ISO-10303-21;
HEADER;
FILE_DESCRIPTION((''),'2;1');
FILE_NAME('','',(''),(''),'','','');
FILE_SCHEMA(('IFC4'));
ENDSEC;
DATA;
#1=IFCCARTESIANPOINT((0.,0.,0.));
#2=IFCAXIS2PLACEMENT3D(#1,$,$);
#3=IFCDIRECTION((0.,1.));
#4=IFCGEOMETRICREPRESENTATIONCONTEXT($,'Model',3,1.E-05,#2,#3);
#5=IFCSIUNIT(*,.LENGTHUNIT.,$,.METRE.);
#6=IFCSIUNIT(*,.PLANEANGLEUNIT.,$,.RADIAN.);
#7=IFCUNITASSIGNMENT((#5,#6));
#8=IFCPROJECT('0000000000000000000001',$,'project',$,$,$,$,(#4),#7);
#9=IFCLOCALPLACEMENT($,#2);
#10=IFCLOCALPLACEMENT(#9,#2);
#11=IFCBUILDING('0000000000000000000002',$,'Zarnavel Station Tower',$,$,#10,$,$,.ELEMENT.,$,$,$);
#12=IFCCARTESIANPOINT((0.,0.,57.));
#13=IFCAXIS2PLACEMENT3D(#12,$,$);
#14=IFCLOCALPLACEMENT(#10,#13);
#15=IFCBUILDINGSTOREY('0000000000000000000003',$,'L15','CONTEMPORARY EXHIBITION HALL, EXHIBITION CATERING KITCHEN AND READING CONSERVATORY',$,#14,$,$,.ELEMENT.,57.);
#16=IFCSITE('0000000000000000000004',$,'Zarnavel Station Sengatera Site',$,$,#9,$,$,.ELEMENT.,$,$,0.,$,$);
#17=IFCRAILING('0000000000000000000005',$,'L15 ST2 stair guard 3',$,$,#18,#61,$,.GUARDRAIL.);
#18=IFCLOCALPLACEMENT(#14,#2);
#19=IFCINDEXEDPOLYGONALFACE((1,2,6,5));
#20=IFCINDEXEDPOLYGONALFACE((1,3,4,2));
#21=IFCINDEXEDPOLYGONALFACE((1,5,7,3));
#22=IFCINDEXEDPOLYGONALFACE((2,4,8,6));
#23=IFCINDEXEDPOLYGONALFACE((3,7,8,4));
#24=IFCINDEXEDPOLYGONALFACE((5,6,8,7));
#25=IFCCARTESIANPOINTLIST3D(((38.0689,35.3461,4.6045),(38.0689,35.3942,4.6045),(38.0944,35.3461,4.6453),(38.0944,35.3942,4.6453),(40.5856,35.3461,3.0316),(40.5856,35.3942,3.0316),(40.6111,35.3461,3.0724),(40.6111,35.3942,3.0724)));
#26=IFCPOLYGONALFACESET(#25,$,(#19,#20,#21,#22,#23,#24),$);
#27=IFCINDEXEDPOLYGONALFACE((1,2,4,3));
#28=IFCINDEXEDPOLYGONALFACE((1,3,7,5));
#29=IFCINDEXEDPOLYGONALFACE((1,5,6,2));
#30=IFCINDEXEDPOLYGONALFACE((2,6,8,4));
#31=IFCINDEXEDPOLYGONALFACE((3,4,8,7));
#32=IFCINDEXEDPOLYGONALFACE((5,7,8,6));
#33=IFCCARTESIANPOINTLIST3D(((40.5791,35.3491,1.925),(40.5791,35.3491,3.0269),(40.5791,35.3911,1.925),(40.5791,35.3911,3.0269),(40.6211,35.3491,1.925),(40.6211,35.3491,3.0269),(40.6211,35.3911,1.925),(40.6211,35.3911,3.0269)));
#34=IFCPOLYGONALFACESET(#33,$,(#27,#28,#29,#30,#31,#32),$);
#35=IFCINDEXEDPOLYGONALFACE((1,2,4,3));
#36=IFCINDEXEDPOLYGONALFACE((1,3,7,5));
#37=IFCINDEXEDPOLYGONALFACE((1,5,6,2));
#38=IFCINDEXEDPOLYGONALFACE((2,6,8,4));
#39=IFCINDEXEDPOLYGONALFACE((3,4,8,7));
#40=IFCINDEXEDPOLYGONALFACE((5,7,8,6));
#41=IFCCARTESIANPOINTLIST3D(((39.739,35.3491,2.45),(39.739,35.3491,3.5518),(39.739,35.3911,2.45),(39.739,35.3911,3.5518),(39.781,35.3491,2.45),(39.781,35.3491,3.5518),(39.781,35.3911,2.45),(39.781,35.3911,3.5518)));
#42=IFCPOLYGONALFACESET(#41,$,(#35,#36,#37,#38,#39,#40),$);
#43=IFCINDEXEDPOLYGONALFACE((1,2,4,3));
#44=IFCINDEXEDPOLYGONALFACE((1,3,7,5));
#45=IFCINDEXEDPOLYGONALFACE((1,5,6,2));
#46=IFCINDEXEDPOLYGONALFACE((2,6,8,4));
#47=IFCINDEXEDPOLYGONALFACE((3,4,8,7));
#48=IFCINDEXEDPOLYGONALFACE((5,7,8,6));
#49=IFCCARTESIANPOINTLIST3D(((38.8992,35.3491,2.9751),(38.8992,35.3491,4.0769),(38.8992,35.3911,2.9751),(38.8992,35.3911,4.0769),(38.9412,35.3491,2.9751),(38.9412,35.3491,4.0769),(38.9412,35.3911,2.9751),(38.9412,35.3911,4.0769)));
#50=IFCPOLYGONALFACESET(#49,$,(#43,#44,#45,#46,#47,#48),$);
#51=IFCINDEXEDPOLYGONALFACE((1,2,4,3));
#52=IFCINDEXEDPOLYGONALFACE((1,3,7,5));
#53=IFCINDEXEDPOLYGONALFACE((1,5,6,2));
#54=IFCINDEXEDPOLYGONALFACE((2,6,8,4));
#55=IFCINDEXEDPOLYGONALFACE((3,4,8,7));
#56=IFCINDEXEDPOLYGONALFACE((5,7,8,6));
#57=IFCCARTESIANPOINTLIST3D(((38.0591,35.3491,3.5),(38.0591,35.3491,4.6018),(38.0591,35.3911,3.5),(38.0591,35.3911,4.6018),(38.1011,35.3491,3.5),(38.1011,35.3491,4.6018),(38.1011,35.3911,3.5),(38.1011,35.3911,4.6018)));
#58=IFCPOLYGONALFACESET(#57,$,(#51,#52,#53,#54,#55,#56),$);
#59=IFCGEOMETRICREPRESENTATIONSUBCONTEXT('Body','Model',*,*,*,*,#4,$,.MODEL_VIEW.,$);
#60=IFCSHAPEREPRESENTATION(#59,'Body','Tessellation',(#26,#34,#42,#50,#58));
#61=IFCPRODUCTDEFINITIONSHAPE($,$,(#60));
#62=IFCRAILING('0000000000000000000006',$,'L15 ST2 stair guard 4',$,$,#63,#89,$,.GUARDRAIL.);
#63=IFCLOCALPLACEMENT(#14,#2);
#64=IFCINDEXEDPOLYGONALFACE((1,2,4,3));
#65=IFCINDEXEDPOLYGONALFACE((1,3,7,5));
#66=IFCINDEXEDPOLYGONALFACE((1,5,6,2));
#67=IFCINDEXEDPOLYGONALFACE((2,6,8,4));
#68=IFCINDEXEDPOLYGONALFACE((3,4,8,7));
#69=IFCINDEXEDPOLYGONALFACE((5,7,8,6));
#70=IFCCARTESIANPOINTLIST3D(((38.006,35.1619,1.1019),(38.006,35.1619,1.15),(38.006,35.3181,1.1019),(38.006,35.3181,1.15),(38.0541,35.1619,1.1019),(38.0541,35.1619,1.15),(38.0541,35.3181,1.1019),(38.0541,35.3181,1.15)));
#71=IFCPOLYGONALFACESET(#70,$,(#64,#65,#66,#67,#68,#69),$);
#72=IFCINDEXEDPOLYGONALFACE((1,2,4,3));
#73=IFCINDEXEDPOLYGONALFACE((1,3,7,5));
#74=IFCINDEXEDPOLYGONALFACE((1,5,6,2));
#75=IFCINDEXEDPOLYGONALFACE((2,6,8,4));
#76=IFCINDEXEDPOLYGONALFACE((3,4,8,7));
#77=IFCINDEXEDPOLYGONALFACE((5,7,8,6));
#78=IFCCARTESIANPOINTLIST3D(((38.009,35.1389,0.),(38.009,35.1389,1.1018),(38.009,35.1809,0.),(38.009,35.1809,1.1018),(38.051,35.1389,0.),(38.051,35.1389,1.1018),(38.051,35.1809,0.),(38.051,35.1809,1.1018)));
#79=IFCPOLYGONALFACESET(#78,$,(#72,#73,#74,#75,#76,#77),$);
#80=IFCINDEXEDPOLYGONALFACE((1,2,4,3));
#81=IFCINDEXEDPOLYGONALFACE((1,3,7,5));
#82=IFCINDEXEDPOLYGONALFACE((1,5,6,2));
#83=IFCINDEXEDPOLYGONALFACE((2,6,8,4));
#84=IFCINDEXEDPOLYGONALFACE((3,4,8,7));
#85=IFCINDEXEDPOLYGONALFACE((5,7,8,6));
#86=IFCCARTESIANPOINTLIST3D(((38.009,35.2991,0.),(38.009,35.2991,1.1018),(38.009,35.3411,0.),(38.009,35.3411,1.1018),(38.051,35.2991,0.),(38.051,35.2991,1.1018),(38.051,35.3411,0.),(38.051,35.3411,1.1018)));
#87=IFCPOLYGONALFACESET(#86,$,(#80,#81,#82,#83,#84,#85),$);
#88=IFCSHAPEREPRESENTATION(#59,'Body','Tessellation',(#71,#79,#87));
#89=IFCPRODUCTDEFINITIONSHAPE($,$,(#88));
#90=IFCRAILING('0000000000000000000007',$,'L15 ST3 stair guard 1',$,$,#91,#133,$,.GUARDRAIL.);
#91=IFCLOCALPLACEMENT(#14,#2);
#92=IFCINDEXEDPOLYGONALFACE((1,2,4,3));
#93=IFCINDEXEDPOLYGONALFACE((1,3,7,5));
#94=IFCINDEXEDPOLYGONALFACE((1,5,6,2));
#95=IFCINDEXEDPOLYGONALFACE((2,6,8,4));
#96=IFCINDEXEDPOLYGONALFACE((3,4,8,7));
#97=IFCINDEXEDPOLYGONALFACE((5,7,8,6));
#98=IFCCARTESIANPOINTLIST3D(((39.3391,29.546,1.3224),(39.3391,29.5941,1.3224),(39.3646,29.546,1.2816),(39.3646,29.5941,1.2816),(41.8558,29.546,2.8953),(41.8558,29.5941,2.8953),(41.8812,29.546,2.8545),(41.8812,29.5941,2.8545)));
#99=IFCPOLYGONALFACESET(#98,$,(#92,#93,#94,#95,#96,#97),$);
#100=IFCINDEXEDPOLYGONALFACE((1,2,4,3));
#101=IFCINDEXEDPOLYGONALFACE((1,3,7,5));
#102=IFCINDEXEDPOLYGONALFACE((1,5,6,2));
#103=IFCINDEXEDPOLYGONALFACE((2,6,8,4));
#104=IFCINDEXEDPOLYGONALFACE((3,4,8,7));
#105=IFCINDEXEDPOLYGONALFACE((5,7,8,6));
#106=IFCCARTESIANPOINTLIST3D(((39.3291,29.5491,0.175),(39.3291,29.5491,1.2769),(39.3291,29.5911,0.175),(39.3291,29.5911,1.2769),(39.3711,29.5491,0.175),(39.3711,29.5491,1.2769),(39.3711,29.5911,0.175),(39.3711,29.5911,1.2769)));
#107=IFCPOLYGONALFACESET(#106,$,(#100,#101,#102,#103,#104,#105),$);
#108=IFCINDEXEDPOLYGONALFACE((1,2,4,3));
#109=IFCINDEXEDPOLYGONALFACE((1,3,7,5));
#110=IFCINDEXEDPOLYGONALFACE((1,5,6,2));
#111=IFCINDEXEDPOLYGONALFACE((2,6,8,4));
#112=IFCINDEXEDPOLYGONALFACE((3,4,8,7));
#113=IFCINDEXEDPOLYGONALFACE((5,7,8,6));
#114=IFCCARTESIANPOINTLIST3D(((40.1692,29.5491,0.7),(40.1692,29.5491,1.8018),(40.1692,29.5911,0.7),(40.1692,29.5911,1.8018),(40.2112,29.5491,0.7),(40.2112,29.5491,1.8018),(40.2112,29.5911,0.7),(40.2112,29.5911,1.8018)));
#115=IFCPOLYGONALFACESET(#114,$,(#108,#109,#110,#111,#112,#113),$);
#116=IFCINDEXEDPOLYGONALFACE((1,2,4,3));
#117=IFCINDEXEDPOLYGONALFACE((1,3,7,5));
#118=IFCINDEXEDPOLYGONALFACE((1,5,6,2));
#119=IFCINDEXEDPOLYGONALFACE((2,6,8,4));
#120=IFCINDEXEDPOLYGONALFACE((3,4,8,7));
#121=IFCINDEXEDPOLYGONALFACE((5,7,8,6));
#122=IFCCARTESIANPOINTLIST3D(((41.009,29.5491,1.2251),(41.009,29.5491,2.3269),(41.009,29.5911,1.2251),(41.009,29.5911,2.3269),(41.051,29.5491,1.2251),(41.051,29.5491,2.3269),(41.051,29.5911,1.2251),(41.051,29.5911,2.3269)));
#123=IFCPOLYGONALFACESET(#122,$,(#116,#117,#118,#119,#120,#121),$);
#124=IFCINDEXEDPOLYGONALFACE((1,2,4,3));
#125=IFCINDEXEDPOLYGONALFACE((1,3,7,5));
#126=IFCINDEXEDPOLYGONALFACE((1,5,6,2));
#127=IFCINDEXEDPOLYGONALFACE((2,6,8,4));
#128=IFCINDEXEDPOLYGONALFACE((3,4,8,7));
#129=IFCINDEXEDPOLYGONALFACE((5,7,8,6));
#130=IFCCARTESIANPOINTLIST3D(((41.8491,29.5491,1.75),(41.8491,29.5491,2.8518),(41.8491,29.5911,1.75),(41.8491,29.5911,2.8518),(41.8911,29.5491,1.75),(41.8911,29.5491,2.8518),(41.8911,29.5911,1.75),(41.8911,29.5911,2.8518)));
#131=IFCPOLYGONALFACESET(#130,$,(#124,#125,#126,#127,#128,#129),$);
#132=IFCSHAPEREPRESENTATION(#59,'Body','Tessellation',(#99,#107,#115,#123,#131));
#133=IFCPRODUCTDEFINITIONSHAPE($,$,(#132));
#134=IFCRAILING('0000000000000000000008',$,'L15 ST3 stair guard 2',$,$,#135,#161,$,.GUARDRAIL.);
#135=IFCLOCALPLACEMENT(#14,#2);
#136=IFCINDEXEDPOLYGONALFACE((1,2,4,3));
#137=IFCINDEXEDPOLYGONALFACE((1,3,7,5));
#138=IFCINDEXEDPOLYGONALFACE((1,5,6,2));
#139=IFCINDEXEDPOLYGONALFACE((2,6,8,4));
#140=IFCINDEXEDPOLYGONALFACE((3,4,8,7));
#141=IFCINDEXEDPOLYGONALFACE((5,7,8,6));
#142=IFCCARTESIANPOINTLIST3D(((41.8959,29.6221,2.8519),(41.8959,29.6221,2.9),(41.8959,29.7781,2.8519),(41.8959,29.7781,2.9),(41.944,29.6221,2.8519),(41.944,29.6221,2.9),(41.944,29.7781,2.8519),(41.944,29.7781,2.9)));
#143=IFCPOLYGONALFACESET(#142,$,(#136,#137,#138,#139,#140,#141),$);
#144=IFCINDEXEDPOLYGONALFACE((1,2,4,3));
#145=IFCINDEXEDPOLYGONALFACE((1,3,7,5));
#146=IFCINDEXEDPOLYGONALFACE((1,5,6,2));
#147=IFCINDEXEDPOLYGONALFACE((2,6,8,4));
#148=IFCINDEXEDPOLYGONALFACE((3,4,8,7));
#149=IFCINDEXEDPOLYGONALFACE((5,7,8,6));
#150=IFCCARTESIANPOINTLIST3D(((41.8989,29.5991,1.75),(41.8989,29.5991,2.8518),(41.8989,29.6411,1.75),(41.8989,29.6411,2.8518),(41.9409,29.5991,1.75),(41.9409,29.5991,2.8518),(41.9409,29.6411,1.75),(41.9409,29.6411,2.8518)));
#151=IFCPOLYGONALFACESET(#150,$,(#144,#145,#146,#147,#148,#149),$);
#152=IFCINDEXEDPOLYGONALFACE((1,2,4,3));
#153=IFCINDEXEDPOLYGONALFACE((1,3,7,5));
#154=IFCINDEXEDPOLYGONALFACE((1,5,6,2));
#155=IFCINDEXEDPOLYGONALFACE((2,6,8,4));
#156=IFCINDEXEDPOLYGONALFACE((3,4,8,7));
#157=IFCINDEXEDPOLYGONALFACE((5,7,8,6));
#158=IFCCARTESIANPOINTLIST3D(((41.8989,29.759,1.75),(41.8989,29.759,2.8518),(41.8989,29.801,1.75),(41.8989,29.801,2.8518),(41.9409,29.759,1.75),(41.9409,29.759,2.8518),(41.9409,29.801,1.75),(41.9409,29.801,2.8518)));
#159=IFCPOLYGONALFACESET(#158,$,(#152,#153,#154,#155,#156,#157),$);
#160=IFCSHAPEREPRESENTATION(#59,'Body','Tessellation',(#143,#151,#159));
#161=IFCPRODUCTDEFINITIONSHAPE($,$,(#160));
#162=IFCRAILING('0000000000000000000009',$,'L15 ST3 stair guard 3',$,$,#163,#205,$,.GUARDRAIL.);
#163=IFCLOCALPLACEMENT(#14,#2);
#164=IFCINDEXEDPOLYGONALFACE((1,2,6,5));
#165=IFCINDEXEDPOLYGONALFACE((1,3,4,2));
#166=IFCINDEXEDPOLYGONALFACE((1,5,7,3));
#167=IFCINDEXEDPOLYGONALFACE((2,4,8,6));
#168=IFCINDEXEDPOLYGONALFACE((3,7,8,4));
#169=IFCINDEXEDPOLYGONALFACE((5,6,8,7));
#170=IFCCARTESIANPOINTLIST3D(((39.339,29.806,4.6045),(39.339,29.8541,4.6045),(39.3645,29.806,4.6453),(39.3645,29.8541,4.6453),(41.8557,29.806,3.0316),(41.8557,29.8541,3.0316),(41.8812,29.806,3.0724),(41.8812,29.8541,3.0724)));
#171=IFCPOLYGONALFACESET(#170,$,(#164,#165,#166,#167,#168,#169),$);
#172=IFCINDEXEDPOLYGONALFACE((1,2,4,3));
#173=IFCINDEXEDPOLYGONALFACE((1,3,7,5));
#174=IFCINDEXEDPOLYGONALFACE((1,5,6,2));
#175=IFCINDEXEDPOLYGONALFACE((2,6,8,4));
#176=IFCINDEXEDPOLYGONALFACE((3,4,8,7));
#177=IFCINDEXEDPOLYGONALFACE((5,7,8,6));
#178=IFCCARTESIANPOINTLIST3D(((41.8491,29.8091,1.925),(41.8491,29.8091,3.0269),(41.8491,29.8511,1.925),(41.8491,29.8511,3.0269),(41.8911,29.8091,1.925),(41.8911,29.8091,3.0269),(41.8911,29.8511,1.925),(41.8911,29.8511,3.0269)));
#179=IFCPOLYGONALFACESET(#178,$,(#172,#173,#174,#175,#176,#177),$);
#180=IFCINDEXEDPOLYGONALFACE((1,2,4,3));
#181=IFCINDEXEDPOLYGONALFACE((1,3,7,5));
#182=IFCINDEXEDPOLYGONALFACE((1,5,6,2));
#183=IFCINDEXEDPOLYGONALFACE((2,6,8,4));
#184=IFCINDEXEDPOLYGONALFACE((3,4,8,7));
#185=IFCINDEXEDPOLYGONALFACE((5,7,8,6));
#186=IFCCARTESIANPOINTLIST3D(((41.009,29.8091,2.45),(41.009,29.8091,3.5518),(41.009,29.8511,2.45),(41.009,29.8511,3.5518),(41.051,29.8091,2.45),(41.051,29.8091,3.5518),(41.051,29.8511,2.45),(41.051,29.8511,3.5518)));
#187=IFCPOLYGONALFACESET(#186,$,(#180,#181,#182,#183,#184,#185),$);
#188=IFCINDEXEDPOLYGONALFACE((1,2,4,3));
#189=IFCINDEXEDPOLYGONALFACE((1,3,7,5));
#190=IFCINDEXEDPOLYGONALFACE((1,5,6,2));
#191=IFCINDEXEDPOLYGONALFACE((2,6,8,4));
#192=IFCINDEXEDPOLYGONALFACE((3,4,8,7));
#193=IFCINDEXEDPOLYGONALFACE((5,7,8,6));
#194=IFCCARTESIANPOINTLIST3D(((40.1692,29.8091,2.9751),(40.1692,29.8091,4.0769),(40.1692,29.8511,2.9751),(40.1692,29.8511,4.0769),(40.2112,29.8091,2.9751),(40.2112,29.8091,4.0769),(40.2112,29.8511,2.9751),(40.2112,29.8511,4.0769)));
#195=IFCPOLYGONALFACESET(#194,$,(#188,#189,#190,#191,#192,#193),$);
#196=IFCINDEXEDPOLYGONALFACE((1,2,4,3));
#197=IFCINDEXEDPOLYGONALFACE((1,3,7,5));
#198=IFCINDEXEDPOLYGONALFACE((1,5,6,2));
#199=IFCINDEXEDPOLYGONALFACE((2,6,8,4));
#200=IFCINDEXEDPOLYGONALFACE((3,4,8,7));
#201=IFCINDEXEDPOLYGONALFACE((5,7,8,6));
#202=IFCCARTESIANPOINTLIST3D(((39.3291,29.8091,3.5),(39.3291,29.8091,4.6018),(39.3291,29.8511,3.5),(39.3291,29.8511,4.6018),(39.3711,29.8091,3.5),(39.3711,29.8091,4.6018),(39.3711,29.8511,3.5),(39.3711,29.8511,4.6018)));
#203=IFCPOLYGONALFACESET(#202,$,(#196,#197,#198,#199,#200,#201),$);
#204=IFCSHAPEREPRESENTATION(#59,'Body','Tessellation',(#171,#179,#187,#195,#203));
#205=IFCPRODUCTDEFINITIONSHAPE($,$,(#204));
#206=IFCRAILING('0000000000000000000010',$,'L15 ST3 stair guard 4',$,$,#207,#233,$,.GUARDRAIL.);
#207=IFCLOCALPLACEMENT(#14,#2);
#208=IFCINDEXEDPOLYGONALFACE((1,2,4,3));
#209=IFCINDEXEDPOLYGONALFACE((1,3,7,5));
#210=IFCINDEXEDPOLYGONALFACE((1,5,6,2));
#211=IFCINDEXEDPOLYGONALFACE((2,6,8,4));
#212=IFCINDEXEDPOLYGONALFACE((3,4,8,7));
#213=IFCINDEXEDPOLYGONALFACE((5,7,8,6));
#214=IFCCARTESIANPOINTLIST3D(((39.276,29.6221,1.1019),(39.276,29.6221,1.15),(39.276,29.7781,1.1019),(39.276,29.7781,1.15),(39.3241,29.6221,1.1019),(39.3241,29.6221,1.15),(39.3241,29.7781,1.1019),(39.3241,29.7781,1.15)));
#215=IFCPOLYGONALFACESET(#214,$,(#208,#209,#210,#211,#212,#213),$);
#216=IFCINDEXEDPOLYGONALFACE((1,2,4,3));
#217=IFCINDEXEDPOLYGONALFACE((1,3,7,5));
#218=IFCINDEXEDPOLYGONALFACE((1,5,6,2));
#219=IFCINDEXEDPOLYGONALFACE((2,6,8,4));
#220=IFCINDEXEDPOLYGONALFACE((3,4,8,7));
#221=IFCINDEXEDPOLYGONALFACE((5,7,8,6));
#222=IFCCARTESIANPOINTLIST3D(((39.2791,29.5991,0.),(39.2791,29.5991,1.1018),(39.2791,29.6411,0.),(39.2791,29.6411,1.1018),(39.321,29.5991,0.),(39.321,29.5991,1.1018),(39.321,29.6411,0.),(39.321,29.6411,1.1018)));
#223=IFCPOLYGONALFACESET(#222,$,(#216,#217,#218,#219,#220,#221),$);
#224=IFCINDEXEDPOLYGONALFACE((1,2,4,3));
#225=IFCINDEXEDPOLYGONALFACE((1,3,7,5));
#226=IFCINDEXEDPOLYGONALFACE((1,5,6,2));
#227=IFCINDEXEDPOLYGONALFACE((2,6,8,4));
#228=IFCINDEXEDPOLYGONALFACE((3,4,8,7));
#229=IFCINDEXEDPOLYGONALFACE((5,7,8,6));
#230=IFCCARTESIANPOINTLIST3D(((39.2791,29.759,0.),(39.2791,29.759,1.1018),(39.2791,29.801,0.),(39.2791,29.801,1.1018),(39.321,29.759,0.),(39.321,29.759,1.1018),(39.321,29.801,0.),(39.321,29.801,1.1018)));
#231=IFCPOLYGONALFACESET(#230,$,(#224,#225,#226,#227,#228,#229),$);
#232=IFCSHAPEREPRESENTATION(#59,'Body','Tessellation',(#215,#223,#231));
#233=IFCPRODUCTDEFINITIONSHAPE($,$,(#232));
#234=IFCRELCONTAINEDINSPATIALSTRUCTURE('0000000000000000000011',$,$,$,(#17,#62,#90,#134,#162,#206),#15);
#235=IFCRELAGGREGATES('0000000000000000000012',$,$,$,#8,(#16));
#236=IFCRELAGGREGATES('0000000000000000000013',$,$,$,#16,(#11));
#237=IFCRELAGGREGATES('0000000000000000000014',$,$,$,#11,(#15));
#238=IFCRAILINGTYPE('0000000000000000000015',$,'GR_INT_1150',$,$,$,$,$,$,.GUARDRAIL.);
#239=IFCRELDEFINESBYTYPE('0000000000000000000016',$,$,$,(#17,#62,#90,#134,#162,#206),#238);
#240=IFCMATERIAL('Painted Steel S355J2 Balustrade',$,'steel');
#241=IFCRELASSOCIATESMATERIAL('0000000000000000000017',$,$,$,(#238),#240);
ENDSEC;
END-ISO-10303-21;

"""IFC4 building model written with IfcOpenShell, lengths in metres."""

from ifc_helpers import new_model, si_unit, direction, frame, origin, origin_2d, place, context, subcontext, project, spatial, rectangle, extrude, material, type_object, element, save


model = new_model("IFC4")

# Units and contexts
model_context = context("Model", 3, precision=1e-05, world=origin(), true_north=direction((0.0, 1.0)))
body_context = subcontext(model_context, "Body", "Model", "MODEL_VIEW")
ifc_project = project(units=[si_unit("LENGTHUNIT", "METRE"), si_unit("PLANEANGLEUNIT", "RADIAN")], contexts=[model_context])

# Site, building, storey
site_placement = place(None, origin())
site = spatial("IfcSite", under=ifc_project, at=site_placement, Name="Zarnavel Station Sengatera Site", CompositionType="ELEMENT", RefElevation=0.0)
building_placement = place(site_placement, origin())
building = spatial("IfcBuilding", under=site, at=building_placement, Name="Zarnavel Station Tower", CompositionType="ELEMENT")
storey_placement = place(building_placement, frame((0.0, 0.0, 57.0)))
storey = spatial("IfcBuildingStorey", under=building, at=storey_placement, Name="L15", Description="CONTEMPORARY EXHIBITION HALL, EXHIBITION CATERING KITCHEN AND READING CONSERVATORY", CompositionType="ELEMENT", Elevation=57.0)

# Railings
ifc_material_1 = material(Name="Painted Steel S355J2 Balustrade", Category="steel")
railing_type_1 = type_object("IfcRailingType", Name="GR_INT_1150", PredefinedType="GUARDRAIL", material=ifc_material_1)
railing_1_placement = place(storey_placement, frame((40.6001, 35.3701, 1.925)))
element("IfcRailing", 1, at=railing_1_placement, inside=storey, type_object=railing_type_1, Name="L15 ST2 stair guard 3", PredefinedType="GUARDRAIL", context=body_context, shape_type="SweptSolid", body=[
    extrude(rectangle(XDim=0.0481, YDim=0.0481, at=origin_2d()), frame((-0.0017, 0.0, 1.127), z_axis=(-0.848008, 0.0, 0.529984), x_axis=(0.0, -1.0, 0.0)), (0.0, 0.0, 1.0), 2.9678),
    extrude(rectangle(XDim=0.042, YDim=0.042, at=origin_2d()), origin(), (0.0, 0.0, 1.0), 1.1018),
    extrude(rectangle(XDim=0.042, YDim=0.042, at=origin_2d()), frame((-0.8401, 0.0, 0.5249)), (0.0, 0.0, 1.0), 1.1018),
    extrude(rectangle(XDim=0.042, YDim=0.042, at=origin_2d()), frame((-1.6799, 0.0, 1.05)), (0.0, 0.0, 1.0), 1.1018),
    extrude(rectangle(XDim=0.042, YDim=0.042, at=origin_2d()), frame((-2.52, 0.0, 1.575)), (0.0, 0.0, 1.0), 1.1018),
])
railing_2_placement = place(storey_placement, frame((38.03, 35.1599, 0.0)))
element("IfcRailing", 2, at=railing_2_placement, inside=storey, type_object=railing_type_1, Name="L15 ST2 stair guard 4", PredefinedType="GUARDRAIL", context=body_context, shape_type="SweptSolid", body=[
    extrude(rectangle(XDim=0.0481, YDim=0.0481, at=origin_2d()), frame((0.0, 0.002, 1.126), z_axis=(0.0, 1.0, 0.0), x_axis=(-1.0, 0.0, 0.0)), (0.0, 0.0, 1.0), 0.1562),
    extrude(rectangle(XDim=0.042, YDim=0.042, at=origin_2d()), origin(), (0.0, 0.0, 1.0), 1.1018),
    extrude(rectangle(XDim=0.042, YDim=0.042, at=origin_2d()), frame((0.0, 0.1602, 0.0)), (0.0, 0.0, 1.0), 1.1018),
])
railing_3_placement = place(storey_placement, frame((39.3501, 29.5701, 0.175)))
element("IfcRailing", 3, at=railing_3_placement, inside=storey, type_object=railing_type_1, Name="L15 ST3 stair guard 1", PredefinedType="GUARDRAIL", context=body_context, shape_type="SweptSolid", body=[
    extrude(rectangle(XDim=0.0481, YDim=0.0481, at=origin_2d()), frame((0.0017, 0.0, 1.127), z_axis=(0.848008, 0.0, 0.529984), x_axis=(0.0, 1.0, 0.0)), (0.0, 0.0, 1.0), 2.9678),
    extrude(rectangle(XDim=0.042, YDim=0.042, at=origin_2d()), origin(), (0.0, 0.0, 1.0), 1.1018),
    extrude(rectangle(XDim=0.042, YDim=0.042, at=origin_2d()), frame((0.8401, 0.0, 0.5249)), (0.0, 0.0, 1.0), 1.1018),
    extrude(rectangle(XDim=0.042, YDim=0.042, at=origin_2d()), frame((1.6799, 0.0, 1.05)), (0.0, 0.0, 1.0), 1.1018),
    extrude(rectangle(XDim=0.042, YDim=0.042, at=origin_2d()), frame((2.52, 0.0, 1.575)), (0.0, 0.0, 1.0), 1.1018),
])
railing_4_placement = place(storey_placement, frame((41.9199, 29.6201, 1.75)))
element("IfcRailing", 4, at=railing_4_placement, inside=storey, type_object=railing_type_1, Name="L15 ST3 stair guard 2", PredefinedType="GUARDRAIL", context=body_context, shape_type="SweptSolid", body=[
    extrude(rectangle(XDim=0.0481, YDim=0.0481, at=origin_2d()), frame((0.0, 0.002, 1.126), z_axis=(0.0, 1.0, 0.0), x_axis=(-1.0, 0.0, 0.0)), (0.0, 0.0, 1.0), 0.156),
    extrude(rectangle(XDim=0.042, YDim=0.042, at=origin_2d()), origin(), (0.0, 0.0, 1.0), 1.1018),
    extrude(rectangle(XDim=0.042, YDim=0.042, at=origin_2d()), frame((0.0, 0.1599, 0.0)), (0.0, 0.0, 1.0), 1.1018),
])
railing_5_placement = place(storey_placement, frame((41.8701, 29.8301, 1.925)))
element("IfcRailing", 5, at=railing_5_placement, inside=storey, type_object=railing_type_1, Name="L15 ST3 stair guard 3", PredefinedType="GUARDRAIL", context=body_context, shape_type="SweptSolid", body=[
    extrude(rectangle(XDim=0.0481, YDim=0.0481, at=origin_2d()), frame((-0.0017, 0.0, 1.127), z_axis=(-0.848008, 0.0, 0.529984), x_axis=(0.0, -1.0, 0.0)), (0.0, 0.0, 1.0), 2.9678),
    extrude(rectangle(XDim=0.042, YDim=0.042, at=origin_2d()), origin(), (0.0, 0.0, 1.0), 1.1018),
    extrude(rectangle(XDim=0.042, YDim=0.042, at=origin_2d()), frame((-0.8401, 0.0, 0.5249)), (0.0, 0.0, 1.0), 1.1018),
    extrude(rectangle(XDim=0.042, YDim=0.042, at=origin_2d()), frame((-1.6799, 0.0, 1.05)), (0.0, 0.0, 1.0), 1.1018),
    extrude(rectangle(XDim=0.042, YDim=0.042, at=origin_2d()), frame((-2.52, 0.0, 1.575)), (0.0, 0.0, 1.0), 1.1018),
])
railing_6_placement = place(storey_placement, frame((39.3, 29.6201, 0.0)))
element("IfcRailing", 6, at=railing_6_placement, inside=storey, type_object=railing_type_1, Name="L15 ST3 stair guard 4", PredefinedType="GUARDRAIL", context=body_context, shape_type="SweptSolid", body=[
    extrude(rectangle(XDim=0.0481, YDim=0.0481, at=origin_2d()), frame((0.0, 0.002, 1.126), z_axis=(0.0, 1.0, 0.0), x_axis=(-1.0, 0.0, 0.0)), (0.0, 0.0, 1.0), 0.156),
    extrude(rectangle(XDim=0.042, YDim=0.042, at=origin_2d()), origin(), (0.0, 0.0, 1.0), 1.1018),
    extrude(rectangle(XDim=0.042, YDim=0.042, at=origin_2d()), frame((0.0, 0.1599, 0.0)), (0.0, 0.0, 1.0), 1.1018),
])

save(model, "model.ifc")
